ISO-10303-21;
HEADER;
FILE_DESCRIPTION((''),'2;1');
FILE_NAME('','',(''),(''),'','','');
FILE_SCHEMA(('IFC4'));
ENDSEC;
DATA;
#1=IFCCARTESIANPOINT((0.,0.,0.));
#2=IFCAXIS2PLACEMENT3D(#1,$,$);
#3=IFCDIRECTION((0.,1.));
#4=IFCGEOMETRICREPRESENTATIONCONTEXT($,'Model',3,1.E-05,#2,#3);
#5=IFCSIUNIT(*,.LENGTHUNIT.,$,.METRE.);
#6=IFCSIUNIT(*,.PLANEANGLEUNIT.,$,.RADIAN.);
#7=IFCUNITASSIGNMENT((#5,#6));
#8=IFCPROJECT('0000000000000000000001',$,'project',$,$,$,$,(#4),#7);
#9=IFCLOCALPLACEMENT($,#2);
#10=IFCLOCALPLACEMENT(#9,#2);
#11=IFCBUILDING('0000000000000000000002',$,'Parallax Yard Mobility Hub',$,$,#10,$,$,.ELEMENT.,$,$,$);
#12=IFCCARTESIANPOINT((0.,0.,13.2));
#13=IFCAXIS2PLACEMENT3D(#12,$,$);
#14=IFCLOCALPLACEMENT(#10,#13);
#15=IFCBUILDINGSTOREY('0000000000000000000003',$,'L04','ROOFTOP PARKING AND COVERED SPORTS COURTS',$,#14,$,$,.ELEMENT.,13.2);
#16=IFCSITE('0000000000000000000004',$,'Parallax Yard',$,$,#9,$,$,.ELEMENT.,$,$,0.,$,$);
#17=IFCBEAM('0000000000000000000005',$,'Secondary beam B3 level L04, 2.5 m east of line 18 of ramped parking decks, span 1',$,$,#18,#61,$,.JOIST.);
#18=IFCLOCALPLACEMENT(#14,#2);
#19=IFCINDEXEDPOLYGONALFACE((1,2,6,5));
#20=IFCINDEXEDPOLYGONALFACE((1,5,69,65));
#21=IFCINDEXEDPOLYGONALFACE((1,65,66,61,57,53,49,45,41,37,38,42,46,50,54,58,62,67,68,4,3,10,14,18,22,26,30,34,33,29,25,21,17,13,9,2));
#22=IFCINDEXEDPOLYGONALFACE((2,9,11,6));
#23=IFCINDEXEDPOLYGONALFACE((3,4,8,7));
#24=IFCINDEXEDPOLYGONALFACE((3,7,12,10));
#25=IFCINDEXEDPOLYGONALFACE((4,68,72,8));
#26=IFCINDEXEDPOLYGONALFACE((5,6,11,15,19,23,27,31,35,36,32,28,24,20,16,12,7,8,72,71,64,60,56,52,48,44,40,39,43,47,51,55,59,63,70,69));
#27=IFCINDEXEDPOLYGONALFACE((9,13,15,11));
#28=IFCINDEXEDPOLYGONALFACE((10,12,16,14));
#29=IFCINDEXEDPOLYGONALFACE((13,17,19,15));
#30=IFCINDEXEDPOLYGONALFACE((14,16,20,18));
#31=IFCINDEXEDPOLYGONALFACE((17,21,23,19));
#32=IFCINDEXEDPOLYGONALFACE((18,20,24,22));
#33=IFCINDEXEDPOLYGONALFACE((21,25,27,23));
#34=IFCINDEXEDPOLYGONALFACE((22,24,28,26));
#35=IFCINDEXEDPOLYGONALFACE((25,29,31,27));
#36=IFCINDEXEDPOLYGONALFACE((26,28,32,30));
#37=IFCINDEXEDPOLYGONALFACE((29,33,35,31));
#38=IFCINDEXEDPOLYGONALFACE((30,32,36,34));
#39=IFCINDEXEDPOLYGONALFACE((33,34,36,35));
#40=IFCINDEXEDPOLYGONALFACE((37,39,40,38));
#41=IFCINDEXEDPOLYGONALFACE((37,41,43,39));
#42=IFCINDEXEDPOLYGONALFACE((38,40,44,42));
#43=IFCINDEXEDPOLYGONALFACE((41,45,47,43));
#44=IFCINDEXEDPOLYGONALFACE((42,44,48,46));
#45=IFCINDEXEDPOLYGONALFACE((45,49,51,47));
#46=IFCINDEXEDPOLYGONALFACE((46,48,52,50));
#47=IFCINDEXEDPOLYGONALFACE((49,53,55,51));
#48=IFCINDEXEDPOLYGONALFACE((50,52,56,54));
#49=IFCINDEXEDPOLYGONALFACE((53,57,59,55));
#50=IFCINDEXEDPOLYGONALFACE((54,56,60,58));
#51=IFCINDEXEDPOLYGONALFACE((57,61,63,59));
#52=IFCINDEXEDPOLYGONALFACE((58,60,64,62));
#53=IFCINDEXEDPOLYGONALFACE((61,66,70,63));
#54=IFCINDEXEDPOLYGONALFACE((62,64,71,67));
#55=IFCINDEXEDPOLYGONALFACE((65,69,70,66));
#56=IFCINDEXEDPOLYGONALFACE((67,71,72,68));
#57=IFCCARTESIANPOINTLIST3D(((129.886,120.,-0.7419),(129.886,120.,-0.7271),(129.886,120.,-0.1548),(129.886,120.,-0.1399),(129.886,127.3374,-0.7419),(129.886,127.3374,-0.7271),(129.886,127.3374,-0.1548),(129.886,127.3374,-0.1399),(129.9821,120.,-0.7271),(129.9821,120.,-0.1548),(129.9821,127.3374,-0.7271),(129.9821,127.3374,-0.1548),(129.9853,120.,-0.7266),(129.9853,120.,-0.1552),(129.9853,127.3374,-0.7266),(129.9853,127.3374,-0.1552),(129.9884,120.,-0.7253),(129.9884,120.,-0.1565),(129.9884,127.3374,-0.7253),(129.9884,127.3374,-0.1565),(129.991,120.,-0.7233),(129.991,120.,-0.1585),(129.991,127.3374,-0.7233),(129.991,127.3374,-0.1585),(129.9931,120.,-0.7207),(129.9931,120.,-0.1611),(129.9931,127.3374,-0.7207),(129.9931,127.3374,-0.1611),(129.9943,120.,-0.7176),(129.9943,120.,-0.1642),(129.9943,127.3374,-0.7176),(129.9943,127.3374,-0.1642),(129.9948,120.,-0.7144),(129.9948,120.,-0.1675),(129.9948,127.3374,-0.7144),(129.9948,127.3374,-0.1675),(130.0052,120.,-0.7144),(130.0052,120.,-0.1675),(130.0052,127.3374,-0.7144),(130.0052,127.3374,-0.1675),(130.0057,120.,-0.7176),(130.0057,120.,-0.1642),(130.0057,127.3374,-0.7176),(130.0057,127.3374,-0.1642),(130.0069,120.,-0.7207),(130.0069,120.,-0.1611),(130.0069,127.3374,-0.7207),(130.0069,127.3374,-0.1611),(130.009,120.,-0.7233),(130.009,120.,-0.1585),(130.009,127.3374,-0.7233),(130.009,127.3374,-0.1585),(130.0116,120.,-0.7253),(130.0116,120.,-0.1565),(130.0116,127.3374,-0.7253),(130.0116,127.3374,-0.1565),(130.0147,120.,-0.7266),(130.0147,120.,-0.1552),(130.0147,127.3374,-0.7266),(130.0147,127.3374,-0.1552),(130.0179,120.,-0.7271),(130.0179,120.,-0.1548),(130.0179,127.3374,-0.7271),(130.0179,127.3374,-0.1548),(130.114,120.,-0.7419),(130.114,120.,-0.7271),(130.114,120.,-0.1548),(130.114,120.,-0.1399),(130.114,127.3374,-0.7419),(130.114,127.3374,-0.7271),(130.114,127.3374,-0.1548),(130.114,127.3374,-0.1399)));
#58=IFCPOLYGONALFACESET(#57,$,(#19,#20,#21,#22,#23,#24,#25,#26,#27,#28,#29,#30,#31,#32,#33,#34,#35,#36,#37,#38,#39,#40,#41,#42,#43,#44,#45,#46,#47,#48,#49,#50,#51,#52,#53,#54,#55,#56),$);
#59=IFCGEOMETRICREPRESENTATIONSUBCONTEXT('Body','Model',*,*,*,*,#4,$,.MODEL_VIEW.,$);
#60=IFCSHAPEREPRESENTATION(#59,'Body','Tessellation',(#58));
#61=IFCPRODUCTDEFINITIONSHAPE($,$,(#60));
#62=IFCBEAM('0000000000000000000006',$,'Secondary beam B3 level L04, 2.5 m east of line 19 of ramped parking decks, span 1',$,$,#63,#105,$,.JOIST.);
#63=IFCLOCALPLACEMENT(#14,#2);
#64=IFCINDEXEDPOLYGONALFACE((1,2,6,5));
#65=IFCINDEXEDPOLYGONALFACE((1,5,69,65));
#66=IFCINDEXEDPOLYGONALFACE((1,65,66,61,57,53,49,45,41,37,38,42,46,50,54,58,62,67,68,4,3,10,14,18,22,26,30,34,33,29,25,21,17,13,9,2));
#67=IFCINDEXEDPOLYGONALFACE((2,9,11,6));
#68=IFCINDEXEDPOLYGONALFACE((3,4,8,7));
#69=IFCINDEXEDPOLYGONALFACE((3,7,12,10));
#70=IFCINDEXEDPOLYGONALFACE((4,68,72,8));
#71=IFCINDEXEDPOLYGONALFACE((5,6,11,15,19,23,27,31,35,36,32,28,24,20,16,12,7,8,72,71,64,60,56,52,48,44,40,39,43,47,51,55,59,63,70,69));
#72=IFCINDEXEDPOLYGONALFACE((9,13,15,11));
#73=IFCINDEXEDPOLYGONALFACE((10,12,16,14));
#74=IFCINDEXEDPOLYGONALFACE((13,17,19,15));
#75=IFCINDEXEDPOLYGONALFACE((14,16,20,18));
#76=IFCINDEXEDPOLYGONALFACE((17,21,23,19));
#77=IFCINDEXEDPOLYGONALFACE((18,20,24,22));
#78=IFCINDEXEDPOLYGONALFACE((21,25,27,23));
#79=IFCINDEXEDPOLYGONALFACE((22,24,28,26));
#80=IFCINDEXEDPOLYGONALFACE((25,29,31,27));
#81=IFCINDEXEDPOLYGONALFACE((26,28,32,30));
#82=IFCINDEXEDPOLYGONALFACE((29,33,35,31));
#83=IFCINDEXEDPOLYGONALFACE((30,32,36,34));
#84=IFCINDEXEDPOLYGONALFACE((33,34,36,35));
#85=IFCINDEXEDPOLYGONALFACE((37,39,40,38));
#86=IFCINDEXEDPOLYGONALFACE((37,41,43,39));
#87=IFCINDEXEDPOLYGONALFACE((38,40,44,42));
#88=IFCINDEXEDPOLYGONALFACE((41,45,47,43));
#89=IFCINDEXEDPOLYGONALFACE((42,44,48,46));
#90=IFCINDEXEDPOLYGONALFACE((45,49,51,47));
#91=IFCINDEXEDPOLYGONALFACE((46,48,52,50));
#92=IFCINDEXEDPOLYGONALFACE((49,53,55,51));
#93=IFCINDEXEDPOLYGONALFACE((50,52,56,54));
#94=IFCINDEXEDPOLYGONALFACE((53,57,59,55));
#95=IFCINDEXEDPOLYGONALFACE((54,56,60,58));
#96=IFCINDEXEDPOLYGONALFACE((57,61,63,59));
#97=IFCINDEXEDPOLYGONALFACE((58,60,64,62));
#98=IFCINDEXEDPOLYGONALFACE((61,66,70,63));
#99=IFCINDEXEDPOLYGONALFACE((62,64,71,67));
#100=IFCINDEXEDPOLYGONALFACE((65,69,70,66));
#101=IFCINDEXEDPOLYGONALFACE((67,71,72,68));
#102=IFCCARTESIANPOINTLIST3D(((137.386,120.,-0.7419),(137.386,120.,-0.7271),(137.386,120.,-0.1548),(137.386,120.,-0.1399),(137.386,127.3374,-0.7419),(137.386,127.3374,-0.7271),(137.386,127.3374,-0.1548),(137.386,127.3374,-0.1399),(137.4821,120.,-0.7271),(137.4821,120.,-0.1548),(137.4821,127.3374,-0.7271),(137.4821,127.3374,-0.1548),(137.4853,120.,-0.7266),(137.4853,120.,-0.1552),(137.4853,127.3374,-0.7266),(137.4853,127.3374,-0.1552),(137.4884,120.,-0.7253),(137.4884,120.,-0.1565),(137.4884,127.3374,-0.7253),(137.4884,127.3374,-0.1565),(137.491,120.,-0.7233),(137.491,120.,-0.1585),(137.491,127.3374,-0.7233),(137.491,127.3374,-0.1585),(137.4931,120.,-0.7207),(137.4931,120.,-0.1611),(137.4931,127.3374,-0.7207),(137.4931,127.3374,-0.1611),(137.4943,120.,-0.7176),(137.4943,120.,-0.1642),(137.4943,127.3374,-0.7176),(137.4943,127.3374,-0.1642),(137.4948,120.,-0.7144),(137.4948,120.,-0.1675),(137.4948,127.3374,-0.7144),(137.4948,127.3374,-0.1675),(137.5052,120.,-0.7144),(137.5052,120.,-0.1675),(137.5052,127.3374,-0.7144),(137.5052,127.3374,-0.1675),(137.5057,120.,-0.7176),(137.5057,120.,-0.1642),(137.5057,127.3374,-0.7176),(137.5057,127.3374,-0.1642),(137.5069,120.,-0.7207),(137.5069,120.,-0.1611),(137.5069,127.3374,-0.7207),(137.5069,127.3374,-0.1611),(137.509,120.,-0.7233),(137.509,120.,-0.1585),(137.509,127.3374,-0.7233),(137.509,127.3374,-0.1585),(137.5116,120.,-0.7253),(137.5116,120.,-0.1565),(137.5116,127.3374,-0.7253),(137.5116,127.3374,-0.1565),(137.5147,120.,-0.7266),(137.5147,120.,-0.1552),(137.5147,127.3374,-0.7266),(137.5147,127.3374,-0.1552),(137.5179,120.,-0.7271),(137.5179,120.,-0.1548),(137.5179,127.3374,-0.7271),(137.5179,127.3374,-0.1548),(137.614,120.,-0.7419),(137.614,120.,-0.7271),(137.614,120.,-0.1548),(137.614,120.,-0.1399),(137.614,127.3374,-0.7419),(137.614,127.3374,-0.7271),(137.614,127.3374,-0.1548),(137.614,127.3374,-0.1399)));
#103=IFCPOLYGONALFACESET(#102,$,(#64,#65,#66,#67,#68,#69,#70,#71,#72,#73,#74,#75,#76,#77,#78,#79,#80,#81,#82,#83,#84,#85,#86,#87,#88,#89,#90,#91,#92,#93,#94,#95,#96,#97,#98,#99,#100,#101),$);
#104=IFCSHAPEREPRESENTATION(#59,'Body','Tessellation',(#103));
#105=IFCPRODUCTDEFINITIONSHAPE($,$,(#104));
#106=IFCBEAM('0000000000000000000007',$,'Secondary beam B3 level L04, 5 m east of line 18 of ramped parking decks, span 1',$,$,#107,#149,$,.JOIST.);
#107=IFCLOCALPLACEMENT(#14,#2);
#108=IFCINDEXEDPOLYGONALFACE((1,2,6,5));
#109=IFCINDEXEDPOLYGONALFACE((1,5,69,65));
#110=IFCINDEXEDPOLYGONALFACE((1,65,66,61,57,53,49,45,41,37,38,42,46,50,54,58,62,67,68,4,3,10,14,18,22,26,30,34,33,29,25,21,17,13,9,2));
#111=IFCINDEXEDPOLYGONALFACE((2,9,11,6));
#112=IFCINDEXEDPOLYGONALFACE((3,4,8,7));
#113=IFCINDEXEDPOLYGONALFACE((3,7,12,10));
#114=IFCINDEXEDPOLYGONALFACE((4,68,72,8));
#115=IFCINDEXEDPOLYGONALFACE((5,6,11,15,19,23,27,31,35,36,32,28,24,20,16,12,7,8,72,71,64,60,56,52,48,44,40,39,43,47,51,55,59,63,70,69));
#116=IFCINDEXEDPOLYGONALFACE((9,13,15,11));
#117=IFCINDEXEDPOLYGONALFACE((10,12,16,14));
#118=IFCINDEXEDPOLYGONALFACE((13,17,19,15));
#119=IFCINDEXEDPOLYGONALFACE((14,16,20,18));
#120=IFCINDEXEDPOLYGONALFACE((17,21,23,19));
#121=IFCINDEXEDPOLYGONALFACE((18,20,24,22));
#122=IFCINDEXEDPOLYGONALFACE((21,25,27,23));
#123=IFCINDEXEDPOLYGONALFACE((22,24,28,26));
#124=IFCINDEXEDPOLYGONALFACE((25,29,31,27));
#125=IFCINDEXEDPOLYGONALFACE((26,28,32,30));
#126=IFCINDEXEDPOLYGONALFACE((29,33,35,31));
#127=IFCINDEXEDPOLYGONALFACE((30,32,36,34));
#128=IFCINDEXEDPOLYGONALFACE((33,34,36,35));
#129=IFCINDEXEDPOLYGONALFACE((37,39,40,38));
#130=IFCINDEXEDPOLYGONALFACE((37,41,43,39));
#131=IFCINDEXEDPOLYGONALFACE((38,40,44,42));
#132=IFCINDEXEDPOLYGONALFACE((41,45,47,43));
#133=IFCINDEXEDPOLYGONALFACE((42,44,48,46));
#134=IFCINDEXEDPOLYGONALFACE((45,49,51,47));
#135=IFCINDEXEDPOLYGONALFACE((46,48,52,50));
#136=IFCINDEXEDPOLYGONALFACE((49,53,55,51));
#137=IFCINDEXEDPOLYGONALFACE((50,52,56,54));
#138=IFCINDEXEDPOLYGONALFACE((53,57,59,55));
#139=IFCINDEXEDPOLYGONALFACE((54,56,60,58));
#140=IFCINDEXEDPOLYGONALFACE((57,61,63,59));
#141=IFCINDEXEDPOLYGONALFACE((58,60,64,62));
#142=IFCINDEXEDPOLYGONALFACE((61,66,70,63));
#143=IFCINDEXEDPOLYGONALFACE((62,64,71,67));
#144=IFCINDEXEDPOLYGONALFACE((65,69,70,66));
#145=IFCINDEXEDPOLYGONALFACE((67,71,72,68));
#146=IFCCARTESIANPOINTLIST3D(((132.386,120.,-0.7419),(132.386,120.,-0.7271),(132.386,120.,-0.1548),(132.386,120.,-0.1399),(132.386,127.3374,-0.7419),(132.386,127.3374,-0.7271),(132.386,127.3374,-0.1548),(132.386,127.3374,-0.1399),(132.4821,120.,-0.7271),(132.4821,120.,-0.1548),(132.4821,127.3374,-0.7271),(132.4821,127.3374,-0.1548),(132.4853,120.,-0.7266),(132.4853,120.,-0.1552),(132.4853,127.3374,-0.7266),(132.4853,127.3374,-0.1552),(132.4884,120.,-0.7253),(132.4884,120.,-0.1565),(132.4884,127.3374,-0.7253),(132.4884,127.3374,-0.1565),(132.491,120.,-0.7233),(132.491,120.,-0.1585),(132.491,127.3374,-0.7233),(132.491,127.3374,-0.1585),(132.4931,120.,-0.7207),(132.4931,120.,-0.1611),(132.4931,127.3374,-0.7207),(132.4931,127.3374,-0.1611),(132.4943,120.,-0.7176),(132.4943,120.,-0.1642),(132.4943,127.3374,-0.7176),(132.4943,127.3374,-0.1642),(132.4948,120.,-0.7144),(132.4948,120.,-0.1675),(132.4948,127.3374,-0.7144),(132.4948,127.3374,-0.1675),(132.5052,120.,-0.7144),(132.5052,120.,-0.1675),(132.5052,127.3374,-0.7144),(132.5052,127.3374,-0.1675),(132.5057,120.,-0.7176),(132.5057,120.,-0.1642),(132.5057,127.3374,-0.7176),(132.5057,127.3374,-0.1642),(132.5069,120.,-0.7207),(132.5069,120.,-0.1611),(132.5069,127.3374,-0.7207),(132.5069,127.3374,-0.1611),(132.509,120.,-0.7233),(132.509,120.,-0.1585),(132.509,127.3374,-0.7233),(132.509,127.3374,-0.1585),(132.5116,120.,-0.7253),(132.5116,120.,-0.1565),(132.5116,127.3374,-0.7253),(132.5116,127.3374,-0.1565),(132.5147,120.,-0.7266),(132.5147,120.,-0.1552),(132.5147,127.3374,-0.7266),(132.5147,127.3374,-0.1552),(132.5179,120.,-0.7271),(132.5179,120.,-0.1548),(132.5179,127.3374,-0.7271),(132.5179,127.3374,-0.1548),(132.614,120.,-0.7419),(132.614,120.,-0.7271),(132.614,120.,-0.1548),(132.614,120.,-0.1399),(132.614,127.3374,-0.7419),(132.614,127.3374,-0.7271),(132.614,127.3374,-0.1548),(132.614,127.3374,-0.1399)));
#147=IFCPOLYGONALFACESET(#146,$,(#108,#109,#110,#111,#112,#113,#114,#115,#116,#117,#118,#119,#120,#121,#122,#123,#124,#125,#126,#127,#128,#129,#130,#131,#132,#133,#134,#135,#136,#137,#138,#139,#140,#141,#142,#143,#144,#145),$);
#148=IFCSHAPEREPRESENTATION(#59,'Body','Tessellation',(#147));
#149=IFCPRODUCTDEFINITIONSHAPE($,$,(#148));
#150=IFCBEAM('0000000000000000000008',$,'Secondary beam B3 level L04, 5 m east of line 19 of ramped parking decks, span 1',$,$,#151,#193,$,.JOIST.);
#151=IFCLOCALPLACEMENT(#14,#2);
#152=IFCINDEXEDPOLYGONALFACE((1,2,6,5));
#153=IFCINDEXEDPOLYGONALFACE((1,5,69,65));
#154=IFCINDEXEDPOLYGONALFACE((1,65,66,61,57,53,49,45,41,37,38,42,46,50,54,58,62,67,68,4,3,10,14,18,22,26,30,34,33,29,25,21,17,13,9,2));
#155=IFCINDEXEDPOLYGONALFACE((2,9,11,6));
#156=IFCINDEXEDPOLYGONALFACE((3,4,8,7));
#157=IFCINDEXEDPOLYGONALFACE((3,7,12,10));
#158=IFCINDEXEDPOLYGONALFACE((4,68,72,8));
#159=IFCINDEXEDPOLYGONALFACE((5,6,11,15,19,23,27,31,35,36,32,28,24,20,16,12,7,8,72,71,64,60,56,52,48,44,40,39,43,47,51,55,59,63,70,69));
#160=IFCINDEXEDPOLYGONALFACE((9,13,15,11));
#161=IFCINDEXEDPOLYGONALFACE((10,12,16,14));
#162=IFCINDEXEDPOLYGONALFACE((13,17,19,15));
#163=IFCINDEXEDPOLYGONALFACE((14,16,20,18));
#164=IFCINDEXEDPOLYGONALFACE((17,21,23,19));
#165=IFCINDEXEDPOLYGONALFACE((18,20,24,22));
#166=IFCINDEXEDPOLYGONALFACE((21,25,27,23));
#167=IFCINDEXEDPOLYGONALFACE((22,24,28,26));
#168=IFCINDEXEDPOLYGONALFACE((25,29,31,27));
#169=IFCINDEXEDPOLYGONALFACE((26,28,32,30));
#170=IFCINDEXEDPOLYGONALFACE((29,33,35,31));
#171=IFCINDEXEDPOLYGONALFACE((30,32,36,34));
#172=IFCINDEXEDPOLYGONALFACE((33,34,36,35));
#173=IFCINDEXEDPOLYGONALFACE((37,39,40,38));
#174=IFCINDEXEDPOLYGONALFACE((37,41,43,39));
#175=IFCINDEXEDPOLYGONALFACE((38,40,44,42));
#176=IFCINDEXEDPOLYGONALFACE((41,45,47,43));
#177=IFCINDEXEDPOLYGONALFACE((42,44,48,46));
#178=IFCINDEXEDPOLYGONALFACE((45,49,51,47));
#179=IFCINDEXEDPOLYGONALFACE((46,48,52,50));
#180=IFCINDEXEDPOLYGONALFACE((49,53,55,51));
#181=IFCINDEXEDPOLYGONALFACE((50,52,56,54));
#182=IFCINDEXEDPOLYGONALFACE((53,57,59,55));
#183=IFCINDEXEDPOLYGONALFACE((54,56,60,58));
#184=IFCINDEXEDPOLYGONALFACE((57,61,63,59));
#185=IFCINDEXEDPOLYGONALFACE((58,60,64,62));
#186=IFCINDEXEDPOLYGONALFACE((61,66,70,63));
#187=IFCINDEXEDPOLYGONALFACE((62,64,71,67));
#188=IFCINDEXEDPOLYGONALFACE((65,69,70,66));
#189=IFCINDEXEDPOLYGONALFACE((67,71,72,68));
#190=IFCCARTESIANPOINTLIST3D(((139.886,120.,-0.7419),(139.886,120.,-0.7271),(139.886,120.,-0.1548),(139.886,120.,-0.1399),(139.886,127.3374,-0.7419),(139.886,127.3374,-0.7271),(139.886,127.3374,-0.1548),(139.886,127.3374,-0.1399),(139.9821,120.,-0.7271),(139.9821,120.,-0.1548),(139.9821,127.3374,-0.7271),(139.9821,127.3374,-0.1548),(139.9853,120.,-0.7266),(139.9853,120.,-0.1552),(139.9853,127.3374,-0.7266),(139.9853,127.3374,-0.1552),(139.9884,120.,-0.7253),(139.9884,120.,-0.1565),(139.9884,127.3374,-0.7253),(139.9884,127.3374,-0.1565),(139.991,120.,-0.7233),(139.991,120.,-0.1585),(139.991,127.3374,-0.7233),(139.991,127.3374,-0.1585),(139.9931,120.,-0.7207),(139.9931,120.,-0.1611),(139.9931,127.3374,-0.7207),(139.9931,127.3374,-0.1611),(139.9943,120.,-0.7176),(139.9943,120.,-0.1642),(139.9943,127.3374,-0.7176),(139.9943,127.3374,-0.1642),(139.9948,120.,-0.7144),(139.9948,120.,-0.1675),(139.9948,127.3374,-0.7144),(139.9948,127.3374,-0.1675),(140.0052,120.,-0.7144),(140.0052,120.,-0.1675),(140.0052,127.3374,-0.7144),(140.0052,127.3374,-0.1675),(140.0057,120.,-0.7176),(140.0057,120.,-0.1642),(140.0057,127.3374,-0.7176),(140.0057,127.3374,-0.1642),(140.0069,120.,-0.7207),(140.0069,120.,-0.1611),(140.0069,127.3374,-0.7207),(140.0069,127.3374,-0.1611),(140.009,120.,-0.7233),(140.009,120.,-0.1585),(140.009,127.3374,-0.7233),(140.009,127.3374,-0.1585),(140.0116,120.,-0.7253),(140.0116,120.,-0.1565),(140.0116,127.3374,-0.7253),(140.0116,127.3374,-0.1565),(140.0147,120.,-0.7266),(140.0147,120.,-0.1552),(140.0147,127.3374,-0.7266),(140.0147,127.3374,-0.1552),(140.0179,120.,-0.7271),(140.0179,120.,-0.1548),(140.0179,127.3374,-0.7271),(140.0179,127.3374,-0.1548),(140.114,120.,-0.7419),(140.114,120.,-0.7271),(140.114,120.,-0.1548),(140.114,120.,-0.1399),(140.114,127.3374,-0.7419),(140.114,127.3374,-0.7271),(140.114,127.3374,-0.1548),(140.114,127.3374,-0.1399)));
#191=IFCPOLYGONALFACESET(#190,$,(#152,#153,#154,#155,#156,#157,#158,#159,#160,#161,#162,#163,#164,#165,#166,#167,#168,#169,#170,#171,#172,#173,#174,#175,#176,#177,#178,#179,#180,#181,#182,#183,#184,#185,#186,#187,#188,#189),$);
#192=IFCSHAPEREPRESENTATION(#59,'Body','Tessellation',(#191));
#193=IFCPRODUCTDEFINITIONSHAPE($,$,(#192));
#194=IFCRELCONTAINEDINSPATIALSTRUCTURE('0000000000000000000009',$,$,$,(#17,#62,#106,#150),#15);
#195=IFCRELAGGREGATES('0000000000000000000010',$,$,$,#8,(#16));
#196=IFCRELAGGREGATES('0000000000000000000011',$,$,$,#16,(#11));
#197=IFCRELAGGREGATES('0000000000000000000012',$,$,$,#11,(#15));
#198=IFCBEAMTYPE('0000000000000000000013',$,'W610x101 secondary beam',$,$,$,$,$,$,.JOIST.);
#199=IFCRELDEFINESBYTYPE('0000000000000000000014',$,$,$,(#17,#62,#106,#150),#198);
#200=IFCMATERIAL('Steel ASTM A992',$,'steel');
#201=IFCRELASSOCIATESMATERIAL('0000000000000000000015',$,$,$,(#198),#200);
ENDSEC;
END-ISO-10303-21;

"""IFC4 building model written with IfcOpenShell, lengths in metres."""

from ifc_helpers import new_model, si_unit, direction, frame, origin, origin_2d, place, context, subcontext, project, spatial, i_section, extrude, material, material_profile, profile_set, type_object, element, save


model = new_model("IFC4")

# Units and contexts
model_context = context("Model", 3, precision=1e-05, world=origin(), true_north=direction((0.0, 1.0)))
body_context = subcontext(model_context, "Body", "Model", "MODEL_VIEW")
ifc_project = project(units=[si_unit("LENGTHUNIT", "METRE"), si_unit("PLANEANGLEUNIT", "RADIAN")], contexts=[model_context])

# Site, building, storey
site_placement = place(None, origin())
site = spatial("IfcSite", under=ifc_project, at=site_placement, Name="Parallax Yard", CompositionType="ELEMENT", RefElevation=0.0)
building_placement = place(site_placement, origin())
building = spatial("IfcBuilding", under=site, at=building_placement, Name="Parallax Yard Mobility Hub", CompositionType="ELEMENT")
storey_placement = place(building_placement, frame((0.0, 0.0, 13.2)))
storey = spatial("IfcBuildingStorey", under=building, at=storey_placement, Name="L04", Description="ROOFTOP PARKING AND COVERED SPORTS COURTS", CompositionType="ELEMENT", Elevation=13.2)

# Beams
ifc_material_1 = material(Name="Steel ASTM A992", Category="steel")
ifc_material_profile_1 = material_profile(ifc_material_1, i_section(OverallWidth=0.228, OverallDepth=0.6021, WebThickness=0.0105, FlangeThickness=0.0149, FilletRadius=0.0127, at=origin_2d()), Name="W610x101")
ifc_profile_set_1 = profile_set([ifc_material_profile_1], Name="Steel ASTM A992")
beam_type_1 = type_object("IfcBeamType", Name="W610x101 secondary beam", PredefinedType="JOIST", material=ifc_profile_set_1)
for number, where, z_axis, x_axis, name in (
    (1, (130.0, 120.0, -0.4409), (0.0, 1.0, 0.0), (-1.0, 0.0, 0.0), "Secondary beam B3 level L04, 2.5 m east of line 18 of ramped parking decks, span 1"),
    (2, (137.5, 120.0, -0.4409), (0.0, 1.0, 0.0), (-1.0, 0.0, 0.0), "Secondary beam B3 level L04, 2.5 m east of line 19 of ramped parking decks, span 1"),
    (3, (132.5, 120.0, -0.4409), (0.0, 1.0, 0.0), (-1.0, 0.0, 0.0), "Secondary beam B3 level L04, 5 m east of line 18 of ramped parking decks, span 1"),
    (4, (140.0, 120.0, -0.4409), (0.0, 1.0, 0.0), (-1.0, 0.0, 0.0), "Secondary beam B3 level L04, 5 m east of line 19 of ramped parking decks, span 1"),
):
    element("IfcBeam", number, at=place(storey_placement, frame(where, z_axis=z_axis, x_axis=x_axis)), inside=storey, type_object=beam_type_1, Name=name, PredefinedType="JOIST", context=body_context, shape_type="SweptSolid", body=[
        extrude(i_section(OverallWidth=0.228, OverallDepth=0.6021, WebThickness=0.0105, FlangeThickness=0.0149, FilletRadius=0.0127, at=origin_2d()), origin(), (0.0, 0.0, 1.0), 7.3374),
    ])

save(model, "model.ifc")
